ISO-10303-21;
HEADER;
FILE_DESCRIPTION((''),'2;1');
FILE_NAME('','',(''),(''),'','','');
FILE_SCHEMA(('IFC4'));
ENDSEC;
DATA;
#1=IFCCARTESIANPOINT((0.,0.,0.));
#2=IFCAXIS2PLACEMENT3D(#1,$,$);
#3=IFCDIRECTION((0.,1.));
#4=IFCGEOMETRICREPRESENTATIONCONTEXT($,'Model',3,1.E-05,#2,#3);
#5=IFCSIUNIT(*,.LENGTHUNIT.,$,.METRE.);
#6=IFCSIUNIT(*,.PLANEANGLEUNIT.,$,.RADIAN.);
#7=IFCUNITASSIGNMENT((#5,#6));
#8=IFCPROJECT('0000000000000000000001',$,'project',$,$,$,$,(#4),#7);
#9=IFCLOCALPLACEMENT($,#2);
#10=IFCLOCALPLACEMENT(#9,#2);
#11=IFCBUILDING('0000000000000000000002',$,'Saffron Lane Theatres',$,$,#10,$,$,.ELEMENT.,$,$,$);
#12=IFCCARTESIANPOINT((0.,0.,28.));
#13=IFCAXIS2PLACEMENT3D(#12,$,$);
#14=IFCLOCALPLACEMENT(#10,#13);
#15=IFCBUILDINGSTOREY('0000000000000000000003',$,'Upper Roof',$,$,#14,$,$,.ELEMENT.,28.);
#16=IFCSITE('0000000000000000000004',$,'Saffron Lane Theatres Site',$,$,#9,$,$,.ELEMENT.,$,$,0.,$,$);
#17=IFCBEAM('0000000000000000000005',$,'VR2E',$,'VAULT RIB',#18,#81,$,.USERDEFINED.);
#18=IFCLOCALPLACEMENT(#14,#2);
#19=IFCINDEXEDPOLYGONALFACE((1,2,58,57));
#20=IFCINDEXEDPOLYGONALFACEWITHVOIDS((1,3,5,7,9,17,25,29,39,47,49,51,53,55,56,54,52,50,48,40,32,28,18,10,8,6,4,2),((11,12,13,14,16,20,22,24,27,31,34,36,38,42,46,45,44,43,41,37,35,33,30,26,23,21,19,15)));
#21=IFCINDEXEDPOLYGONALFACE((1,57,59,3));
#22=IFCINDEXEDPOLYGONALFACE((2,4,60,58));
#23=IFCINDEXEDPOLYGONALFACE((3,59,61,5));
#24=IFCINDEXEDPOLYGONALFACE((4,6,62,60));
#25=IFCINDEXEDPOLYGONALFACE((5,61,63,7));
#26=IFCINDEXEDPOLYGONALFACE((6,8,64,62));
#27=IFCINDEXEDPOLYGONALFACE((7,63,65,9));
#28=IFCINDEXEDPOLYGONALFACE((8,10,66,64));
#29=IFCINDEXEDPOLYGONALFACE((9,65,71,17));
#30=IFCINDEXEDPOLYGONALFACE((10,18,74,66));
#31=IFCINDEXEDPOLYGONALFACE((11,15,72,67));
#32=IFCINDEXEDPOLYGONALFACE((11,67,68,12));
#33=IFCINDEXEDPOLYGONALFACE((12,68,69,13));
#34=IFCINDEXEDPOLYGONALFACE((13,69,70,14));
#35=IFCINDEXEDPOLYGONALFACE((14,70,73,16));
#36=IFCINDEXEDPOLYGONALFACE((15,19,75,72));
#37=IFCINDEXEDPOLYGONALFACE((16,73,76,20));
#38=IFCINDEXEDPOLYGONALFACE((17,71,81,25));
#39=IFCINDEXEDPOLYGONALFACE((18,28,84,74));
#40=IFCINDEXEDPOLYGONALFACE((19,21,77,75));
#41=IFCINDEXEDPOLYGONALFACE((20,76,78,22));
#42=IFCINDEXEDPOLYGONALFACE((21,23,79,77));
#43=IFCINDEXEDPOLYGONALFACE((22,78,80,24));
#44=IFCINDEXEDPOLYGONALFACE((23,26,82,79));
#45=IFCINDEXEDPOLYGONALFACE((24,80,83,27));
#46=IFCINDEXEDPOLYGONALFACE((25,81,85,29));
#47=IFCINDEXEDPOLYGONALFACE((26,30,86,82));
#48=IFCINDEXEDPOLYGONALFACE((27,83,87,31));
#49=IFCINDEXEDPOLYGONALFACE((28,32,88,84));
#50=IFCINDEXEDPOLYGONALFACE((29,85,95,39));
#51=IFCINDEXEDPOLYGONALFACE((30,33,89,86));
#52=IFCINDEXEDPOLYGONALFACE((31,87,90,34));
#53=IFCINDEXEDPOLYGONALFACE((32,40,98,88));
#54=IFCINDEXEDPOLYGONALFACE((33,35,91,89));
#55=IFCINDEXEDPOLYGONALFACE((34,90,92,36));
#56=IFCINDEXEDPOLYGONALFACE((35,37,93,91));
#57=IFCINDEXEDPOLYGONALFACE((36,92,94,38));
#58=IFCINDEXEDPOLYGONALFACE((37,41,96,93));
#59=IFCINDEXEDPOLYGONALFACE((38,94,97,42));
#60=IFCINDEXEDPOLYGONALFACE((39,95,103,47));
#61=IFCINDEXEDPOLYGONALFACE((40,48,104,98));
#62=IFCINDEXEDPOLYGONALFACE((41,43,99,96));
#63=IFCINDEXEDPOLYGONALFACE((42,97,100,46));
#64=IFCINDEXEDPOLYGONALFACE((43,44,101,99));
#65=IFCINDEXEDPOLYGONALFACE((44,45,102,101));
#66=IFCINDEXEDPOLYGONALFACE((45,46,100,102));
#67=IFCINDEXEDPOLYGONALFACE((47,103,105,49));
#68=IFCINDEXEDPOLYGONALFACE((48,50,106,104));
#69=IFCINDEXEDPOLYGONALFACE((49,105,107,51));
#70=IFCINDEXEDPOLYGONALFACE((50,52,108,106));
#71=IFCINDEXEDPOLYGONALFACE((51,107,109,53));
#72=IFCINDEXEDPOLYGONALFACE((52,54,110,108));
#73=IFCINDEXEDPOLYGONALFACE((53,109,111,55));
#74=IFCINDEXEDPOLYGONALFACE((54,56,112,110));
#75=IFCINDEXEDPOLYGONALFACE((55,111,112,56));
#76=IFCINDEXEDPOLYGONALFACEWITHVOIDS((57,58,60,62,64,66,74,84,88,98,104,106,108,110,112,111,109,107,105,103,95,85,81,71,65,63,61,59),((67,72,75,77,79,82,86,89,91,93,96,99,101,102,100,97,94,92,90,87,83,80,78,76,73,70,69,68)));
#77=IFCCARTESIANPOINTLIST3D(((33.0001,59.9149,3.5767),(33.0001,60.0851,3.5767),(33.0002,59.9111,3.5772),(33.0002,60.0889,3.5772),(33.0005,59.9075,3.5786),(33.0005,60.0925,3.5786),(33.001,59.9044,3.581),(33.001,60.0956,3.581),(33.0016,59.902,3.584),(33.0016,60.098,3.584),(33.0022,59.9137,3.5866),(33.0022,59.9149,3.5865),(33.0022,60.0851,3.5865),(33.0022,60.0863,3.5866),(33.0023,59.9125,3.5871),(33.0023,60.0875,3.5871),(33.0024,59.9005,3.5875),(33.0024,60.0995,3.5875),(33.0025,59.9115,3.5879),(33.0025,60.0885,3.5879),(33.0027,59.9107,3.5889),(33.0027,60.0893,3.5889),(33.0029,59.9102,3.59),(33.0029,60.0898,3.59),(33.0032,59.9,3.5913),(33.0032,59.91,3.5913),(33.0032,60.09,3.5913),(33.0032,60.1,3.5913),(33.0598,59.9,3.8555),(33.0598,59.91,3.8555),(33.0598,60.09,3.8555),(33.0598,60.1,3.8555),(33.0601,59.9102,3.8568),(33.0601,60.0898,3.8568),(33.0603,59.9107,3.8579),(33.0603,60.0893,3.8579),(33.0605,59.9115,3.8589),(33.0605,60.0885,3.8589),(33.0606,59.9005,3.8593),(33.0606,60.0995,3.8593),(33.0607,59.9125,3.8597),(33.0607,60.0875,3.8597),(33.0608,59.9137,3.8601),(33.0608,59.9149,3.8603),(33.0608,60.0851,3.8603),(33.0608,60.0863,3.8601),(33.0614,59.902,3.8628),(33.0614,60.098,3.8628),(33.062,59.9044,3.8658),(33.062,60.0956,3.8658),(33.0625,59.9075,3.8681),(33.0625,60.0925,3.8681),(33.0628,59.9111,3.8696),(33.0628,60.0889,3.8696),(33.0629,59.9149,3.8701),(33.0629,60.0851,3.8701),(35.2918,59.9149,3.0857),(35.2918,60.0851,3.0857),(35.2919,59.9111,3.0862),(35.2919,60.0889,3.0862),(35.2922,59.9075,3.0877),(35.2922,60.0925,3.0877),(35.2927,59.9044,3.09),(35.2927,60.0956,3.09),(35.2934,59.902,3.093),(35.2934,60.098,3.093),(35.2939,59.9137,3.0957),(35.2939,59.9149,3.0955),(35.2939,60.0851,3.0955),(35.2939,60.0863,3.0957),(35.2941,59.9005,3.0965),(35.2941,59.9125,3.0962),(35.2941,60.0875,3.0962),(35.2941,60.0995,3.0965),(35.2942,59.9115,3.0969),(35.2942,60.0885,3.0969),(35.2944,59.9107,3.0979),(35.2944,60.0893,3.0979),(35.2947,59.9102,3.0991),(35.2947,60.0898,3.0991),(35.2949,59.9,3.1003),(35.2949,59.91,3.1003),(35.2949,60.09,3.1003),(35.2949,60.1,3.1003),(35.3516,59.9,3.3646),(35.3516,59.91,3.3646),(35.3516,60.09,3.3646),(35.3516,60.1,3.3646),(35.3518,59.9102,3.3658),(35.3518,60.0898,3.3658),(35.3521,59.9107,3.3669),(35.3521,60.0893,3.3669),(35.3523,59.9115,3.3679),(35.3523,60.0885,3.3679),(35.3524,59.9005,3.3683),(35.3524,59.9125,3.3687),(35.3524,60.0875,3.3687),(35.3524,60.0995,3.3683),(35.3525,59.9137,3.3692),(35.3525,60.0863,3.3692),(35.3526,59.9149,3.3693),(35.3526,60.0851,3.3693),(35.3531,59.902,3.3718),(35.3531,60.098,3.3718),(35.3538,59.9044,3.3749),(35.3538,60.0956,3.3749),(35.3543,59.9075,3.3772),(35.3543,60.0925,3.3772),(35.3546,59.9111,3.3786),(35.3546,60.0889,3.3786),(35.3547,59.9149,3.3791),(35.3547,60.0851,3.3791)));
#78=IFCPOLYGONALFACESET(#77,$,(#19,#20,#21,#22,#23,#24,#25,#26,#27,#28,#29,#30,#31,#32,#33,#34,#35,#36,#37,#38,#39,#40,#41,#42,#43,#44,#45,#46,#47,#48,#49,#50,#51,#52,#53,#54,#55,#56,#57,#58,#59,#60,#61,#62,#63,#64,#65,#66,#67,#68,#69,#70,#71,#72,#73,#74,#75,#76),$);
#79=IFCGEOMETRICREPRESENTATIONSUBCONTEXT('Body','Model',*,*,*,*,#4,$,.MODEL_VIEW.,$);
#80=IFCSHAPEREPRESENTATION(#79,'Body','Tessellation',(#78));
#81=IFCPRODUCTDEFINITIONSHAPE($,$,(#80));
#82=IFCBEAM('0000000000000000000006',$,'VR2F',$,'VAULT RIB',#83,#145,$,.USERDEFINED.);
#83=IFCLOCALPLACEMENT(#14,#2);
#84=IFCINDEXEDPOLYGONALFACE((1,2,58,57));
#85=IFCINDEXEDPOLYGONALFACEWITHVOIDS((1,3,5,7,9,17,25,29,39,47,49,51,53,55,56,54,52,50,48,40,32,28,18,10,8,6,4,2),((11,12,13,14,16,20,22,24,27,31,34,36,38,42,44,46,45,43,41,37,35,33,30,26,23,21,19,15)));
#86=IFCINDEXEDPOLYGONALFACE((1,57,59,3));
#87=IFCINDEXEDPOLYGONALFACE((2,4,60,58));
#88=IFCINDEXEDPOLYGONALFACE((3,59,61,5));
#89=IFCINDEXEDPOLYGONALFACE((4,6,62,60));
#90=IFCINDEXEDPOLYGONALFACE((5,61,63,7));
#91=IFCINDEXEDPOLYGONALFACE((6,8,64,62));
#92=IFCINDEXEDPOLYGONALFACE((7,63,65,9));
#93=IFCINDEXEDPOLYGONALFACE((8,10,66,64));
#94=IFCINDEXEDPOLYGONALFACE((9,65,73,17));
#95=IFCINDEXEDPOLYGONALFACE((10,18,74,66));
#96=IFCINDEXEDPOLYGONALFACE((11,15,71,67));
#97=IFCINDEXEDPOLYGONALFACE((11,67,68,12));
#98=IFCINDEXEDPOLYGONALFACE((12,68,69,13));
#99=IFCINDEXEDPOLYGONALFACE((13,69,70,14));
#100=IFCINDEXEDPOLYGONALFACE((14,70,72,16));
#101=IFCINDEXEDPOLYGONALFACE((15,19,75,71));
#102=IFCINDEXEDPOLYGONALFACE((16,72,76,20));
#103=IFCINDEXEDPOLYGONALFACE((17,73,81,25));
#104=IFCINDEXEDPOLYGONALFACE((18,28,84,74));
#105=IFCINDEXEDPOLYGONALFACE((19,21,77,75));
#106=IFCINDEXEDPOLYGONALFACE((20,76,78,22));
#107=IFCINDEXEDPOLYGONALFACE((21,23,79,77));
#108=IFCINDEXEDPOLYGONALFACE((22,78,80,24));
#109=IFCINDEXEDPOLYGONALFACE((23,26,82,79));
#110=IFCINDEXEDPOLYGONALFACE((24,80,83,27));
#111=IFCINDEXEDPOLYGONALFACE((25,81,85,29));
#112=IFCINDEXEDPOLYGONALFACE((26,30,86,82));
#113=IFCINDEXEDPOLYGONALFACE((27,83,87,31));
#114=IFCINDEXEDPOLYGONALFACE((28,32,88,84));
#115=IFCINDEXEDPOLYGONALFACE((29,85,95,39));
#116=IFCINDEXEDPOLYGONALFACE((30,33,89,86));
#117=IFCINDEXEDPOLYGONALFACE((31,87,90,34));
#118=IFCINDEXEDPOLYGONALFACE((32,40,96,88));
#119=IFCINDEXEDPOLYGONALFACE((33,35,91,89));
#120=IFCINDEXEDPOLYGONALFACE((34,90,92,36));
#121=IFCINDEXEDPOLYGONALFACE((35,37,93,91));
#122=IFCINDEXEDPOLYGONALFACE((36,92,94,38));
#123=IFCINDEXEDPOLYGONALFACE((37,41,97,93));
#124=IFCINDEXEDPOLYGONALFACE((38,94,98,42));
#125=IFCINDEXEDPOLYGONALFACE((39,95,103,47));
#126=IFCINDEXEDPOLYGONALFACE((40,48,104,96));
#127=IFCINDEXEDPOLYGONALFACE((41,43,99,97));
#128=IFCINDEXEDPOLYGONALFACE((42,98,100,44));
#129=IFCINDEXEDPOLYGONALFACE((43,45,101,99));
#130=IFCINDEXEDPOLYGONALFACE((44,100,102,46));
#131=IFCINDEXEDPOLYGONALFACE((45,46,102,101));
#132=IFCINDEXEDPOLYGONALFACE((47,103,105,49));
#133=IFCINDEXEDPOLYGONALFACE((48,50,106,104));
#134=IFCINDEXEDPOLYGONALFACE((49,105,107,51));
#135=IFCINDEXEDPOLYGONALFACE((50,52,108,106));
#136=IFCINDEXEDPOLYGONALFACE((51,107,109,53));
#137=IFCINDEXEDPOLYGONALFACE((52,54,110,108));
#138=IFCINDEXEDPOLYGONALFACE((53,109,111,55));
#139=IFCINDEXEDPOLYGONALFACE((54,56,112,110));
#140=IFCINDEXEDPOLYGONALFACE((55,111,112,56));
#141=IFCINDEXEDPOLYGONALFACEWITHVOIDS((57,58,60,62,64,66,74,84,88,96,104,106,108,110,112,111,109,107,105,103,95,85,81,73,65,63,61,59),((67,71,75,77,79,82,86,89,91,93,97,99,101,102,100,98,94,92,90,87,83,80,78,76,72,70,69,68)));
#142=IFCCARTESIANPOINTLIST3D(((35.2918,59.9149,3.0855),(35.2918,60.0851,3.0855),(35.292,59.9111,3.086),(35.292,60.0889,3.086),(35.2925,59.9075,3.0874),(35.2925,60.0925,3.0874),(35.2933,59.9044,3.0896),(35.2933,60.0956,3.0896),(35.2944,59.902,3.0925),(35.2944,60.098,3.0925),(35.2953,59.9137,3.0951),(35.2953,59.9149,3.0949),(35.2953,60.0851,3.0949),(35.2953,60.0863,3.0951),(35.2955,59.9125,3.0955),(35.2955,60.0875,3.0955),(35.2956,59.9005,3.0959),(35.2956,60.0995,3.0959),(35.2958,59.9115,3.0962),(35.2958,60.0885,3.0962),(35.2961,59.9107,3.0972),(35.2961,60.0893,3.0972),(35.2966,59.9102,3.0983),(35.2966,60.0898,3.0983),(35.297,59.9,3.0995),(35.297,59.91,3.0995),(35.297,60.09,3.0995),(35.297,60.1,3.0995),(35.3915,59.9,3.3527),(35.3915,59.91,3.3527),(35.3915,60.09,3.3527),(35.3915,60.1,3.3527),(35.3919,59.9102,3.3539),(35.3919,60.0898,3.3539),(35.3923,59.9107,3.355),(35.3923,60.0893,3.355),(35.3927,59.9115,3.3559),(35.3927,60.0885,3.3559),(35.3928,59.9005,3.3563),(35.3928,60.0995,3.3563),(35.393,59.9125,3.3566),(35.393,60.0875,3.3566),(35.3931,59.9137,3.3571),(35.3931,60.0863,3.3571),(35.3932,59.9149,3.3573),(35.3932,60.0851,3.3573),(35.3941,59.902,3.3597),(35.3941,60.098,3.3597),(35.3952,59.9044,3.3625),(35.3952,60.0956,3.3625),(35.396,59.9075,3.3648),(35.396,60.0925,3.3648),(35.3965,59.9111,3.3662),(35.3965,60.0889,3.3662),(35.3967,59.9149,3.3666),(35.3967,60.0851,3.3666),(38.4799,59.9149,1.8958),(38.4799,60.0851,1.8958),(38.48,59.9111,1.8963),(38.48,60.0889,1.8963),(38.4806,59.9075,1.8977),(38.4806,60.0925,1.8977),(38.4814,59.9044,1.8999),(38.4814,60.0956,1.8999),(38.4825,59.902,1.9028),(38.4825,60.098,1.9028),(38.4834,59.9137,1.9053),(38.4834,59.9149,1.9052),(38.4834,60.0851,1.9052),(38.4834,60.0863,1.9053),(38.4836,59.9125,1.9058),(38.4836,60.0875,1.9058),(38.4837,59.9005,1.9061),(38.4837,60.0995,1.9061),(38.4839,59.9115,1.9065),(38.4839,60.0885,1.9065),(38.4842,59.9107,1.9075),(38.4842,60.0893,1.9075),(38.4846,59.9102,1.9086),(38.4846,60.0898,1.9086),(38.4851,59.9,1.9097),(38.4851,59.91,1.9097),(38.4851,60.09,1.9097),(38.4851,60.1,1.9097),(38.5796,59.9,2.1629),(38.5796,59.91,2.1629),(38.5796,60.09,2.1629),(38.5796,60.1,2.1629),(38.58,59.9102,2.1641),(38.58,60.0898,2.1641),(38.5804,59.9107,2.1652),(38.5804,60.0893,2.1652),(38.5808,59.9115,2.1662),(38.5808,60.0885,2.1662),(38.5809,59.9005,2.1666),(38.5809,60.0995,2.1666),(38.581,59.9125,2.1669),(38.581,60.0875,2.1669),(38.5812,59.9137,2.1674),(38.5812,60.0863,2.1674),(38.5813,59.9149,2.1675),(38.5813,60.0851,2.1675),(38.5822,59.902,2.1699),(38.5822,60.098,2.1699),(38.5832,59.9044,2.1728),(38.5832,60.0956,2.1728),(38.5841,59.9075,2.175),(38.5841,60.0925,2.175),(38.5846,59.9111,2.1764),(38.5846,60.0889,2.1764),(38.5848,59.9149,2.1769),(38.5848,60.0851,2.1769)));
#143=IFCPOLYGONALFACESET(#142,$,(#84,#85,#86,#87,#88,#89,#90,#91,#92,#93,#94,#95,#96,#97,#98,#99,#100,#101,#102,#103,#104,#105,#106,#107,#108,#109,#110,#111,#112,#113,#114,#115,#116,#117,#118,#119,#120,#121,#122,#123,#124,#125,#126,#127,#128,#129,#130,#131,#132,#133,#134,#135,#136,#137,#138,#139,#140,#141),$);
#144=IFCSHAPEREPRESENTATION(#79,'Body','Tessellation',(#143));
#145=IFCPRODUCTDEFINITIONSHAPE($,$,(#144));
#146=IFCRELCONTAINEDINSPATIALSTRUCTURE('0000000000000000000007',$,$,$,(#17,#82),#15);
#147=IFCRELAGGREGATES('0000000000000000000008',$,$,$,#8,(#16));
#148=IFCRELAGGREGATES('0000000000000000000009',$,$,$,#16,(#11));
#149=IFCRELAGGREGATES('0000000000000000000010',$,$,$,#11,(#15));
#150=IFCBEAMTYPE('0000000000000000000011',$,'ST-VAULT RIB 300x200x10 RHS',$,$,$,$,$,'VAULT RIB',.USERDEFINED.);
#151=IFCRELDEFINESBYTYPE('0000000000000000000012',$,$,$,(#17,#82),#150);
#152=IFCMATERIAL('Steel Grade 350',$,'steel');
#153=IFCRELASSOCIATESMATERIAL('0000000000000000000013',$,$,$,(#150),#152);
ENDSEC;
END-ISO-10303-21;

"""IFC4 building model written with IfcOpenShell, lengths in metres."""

from ifc_helpers import new_model, si_unit, direction, frame, origin, origin_2d, place, context, subcontext, project, spatial, hollow_rectangle, extrude, material, material_profile, profile_set, type_object, element, save


model = new_model("IFC4")

# Units and contexts
model_context = context("Model", 3, precision=1e-05, world=origin(), true_north=direction((0.0, 1.0)))
body_context = subcontext(model_context, "Body", "Model", "MODEL_VIEW")
ifc_project = project(units=[si_unit("LENGTHUNIT", "METRE"), si_unit("PLANEANGLEUNIT", "RADIAN")], contexts=[model_context])

# Site, building, storey
site_placement = place(None, origin())
site = spatial("IfcSite", under=ifc_project, at=site_placement, Name="Saffron Lane Theatres Site", CompositionType="ELEMENT", RefElevation=0.0)
building_placement = place(site_placement, origin())
building = spatial("IfcBuilding", under=site, at=building_placement, Name="Saffron Lane Theatres", CompositionType="ELEMENT")
storey_placement = place(building_placement, frame((0.0, 0.0, 28.0)))
storey = spatial("IfcBuildingStorey", under=building, at=storey_placement, Name="Upper Roof", CompositionType="ELEMENT", Elevation=28.0)

# Beams
ifc_material_1 = material(Name="Steel Grade 350", Category="steel")
ifc_material_profile_1 = material_profile(ifc_material_1, hollow_rectangle(XDim=0.2, YDim=0.3, WallThickness=0.01, InnerFilletRadius=0.0049, OuterFilletRadius=0.0149, at=origin_2d()))
ifc_profile_set_1 = profile_set([ifc_material_profile_1], Name="Steel Grade 350")
beam_type = type_object("IfcBeamType", Name="ST-VAULT RIB 300x200x10 RHS", ElementType="VAULT RIB", PredefinedType="USERDEFINED", material=ifc_profile_set_1)
beam_1_placement = place(storey_placement, frame((33.0315, 60.0, 3.7234), z_axis=(0.977813, 0.0, -0.209479), x_axis=(0.0, 1.0, 0.0)))
element("IfcBeam", 1, at=beam_1_placement, inside=storey, type_object=beam_type, Name="VR2E", ObjectType="VAULT RIB", PredefinedType="USERDEFINED", context=body_context, shape_type="SweptSolid", body=[
    extrude(hollow_rectangle(XDim=0.2, YDim=0.3, WallThickness=0.01, InnerFilletRadius=0.0049, OuterFilletRadius=0.0149, at=origin_2d()), origin(), (0.0, 0.0, 1.0), 2.3438),
])
beam_2_placement = place(storey_placement, frame((35.3442, 60.0, 3.2261), z_axis=(0.936888, 0.0, -0.349629), x_axis=(0.0, 1.0, 0.0)))
element("IfcBeam", 2, at=beam_2_placement, inside=storey, type_object=beam_type, Name="VR2F", ObjectType="VAULT RIB", PredefinedType="USERDEFINED", context=body_context, shape_type="SweptSolid", body=[
    extrude(hollow_rectangle(XDim=0.2, YDim=0.3, WallThickness=0.01, InnerFilletRadius=0.0049, OuterFilletRadius=0.0149, at=origin_2d()), origin(), (0.0, 0.0, 1.0), 3.4028),
])

save(model, "model.ifc")
